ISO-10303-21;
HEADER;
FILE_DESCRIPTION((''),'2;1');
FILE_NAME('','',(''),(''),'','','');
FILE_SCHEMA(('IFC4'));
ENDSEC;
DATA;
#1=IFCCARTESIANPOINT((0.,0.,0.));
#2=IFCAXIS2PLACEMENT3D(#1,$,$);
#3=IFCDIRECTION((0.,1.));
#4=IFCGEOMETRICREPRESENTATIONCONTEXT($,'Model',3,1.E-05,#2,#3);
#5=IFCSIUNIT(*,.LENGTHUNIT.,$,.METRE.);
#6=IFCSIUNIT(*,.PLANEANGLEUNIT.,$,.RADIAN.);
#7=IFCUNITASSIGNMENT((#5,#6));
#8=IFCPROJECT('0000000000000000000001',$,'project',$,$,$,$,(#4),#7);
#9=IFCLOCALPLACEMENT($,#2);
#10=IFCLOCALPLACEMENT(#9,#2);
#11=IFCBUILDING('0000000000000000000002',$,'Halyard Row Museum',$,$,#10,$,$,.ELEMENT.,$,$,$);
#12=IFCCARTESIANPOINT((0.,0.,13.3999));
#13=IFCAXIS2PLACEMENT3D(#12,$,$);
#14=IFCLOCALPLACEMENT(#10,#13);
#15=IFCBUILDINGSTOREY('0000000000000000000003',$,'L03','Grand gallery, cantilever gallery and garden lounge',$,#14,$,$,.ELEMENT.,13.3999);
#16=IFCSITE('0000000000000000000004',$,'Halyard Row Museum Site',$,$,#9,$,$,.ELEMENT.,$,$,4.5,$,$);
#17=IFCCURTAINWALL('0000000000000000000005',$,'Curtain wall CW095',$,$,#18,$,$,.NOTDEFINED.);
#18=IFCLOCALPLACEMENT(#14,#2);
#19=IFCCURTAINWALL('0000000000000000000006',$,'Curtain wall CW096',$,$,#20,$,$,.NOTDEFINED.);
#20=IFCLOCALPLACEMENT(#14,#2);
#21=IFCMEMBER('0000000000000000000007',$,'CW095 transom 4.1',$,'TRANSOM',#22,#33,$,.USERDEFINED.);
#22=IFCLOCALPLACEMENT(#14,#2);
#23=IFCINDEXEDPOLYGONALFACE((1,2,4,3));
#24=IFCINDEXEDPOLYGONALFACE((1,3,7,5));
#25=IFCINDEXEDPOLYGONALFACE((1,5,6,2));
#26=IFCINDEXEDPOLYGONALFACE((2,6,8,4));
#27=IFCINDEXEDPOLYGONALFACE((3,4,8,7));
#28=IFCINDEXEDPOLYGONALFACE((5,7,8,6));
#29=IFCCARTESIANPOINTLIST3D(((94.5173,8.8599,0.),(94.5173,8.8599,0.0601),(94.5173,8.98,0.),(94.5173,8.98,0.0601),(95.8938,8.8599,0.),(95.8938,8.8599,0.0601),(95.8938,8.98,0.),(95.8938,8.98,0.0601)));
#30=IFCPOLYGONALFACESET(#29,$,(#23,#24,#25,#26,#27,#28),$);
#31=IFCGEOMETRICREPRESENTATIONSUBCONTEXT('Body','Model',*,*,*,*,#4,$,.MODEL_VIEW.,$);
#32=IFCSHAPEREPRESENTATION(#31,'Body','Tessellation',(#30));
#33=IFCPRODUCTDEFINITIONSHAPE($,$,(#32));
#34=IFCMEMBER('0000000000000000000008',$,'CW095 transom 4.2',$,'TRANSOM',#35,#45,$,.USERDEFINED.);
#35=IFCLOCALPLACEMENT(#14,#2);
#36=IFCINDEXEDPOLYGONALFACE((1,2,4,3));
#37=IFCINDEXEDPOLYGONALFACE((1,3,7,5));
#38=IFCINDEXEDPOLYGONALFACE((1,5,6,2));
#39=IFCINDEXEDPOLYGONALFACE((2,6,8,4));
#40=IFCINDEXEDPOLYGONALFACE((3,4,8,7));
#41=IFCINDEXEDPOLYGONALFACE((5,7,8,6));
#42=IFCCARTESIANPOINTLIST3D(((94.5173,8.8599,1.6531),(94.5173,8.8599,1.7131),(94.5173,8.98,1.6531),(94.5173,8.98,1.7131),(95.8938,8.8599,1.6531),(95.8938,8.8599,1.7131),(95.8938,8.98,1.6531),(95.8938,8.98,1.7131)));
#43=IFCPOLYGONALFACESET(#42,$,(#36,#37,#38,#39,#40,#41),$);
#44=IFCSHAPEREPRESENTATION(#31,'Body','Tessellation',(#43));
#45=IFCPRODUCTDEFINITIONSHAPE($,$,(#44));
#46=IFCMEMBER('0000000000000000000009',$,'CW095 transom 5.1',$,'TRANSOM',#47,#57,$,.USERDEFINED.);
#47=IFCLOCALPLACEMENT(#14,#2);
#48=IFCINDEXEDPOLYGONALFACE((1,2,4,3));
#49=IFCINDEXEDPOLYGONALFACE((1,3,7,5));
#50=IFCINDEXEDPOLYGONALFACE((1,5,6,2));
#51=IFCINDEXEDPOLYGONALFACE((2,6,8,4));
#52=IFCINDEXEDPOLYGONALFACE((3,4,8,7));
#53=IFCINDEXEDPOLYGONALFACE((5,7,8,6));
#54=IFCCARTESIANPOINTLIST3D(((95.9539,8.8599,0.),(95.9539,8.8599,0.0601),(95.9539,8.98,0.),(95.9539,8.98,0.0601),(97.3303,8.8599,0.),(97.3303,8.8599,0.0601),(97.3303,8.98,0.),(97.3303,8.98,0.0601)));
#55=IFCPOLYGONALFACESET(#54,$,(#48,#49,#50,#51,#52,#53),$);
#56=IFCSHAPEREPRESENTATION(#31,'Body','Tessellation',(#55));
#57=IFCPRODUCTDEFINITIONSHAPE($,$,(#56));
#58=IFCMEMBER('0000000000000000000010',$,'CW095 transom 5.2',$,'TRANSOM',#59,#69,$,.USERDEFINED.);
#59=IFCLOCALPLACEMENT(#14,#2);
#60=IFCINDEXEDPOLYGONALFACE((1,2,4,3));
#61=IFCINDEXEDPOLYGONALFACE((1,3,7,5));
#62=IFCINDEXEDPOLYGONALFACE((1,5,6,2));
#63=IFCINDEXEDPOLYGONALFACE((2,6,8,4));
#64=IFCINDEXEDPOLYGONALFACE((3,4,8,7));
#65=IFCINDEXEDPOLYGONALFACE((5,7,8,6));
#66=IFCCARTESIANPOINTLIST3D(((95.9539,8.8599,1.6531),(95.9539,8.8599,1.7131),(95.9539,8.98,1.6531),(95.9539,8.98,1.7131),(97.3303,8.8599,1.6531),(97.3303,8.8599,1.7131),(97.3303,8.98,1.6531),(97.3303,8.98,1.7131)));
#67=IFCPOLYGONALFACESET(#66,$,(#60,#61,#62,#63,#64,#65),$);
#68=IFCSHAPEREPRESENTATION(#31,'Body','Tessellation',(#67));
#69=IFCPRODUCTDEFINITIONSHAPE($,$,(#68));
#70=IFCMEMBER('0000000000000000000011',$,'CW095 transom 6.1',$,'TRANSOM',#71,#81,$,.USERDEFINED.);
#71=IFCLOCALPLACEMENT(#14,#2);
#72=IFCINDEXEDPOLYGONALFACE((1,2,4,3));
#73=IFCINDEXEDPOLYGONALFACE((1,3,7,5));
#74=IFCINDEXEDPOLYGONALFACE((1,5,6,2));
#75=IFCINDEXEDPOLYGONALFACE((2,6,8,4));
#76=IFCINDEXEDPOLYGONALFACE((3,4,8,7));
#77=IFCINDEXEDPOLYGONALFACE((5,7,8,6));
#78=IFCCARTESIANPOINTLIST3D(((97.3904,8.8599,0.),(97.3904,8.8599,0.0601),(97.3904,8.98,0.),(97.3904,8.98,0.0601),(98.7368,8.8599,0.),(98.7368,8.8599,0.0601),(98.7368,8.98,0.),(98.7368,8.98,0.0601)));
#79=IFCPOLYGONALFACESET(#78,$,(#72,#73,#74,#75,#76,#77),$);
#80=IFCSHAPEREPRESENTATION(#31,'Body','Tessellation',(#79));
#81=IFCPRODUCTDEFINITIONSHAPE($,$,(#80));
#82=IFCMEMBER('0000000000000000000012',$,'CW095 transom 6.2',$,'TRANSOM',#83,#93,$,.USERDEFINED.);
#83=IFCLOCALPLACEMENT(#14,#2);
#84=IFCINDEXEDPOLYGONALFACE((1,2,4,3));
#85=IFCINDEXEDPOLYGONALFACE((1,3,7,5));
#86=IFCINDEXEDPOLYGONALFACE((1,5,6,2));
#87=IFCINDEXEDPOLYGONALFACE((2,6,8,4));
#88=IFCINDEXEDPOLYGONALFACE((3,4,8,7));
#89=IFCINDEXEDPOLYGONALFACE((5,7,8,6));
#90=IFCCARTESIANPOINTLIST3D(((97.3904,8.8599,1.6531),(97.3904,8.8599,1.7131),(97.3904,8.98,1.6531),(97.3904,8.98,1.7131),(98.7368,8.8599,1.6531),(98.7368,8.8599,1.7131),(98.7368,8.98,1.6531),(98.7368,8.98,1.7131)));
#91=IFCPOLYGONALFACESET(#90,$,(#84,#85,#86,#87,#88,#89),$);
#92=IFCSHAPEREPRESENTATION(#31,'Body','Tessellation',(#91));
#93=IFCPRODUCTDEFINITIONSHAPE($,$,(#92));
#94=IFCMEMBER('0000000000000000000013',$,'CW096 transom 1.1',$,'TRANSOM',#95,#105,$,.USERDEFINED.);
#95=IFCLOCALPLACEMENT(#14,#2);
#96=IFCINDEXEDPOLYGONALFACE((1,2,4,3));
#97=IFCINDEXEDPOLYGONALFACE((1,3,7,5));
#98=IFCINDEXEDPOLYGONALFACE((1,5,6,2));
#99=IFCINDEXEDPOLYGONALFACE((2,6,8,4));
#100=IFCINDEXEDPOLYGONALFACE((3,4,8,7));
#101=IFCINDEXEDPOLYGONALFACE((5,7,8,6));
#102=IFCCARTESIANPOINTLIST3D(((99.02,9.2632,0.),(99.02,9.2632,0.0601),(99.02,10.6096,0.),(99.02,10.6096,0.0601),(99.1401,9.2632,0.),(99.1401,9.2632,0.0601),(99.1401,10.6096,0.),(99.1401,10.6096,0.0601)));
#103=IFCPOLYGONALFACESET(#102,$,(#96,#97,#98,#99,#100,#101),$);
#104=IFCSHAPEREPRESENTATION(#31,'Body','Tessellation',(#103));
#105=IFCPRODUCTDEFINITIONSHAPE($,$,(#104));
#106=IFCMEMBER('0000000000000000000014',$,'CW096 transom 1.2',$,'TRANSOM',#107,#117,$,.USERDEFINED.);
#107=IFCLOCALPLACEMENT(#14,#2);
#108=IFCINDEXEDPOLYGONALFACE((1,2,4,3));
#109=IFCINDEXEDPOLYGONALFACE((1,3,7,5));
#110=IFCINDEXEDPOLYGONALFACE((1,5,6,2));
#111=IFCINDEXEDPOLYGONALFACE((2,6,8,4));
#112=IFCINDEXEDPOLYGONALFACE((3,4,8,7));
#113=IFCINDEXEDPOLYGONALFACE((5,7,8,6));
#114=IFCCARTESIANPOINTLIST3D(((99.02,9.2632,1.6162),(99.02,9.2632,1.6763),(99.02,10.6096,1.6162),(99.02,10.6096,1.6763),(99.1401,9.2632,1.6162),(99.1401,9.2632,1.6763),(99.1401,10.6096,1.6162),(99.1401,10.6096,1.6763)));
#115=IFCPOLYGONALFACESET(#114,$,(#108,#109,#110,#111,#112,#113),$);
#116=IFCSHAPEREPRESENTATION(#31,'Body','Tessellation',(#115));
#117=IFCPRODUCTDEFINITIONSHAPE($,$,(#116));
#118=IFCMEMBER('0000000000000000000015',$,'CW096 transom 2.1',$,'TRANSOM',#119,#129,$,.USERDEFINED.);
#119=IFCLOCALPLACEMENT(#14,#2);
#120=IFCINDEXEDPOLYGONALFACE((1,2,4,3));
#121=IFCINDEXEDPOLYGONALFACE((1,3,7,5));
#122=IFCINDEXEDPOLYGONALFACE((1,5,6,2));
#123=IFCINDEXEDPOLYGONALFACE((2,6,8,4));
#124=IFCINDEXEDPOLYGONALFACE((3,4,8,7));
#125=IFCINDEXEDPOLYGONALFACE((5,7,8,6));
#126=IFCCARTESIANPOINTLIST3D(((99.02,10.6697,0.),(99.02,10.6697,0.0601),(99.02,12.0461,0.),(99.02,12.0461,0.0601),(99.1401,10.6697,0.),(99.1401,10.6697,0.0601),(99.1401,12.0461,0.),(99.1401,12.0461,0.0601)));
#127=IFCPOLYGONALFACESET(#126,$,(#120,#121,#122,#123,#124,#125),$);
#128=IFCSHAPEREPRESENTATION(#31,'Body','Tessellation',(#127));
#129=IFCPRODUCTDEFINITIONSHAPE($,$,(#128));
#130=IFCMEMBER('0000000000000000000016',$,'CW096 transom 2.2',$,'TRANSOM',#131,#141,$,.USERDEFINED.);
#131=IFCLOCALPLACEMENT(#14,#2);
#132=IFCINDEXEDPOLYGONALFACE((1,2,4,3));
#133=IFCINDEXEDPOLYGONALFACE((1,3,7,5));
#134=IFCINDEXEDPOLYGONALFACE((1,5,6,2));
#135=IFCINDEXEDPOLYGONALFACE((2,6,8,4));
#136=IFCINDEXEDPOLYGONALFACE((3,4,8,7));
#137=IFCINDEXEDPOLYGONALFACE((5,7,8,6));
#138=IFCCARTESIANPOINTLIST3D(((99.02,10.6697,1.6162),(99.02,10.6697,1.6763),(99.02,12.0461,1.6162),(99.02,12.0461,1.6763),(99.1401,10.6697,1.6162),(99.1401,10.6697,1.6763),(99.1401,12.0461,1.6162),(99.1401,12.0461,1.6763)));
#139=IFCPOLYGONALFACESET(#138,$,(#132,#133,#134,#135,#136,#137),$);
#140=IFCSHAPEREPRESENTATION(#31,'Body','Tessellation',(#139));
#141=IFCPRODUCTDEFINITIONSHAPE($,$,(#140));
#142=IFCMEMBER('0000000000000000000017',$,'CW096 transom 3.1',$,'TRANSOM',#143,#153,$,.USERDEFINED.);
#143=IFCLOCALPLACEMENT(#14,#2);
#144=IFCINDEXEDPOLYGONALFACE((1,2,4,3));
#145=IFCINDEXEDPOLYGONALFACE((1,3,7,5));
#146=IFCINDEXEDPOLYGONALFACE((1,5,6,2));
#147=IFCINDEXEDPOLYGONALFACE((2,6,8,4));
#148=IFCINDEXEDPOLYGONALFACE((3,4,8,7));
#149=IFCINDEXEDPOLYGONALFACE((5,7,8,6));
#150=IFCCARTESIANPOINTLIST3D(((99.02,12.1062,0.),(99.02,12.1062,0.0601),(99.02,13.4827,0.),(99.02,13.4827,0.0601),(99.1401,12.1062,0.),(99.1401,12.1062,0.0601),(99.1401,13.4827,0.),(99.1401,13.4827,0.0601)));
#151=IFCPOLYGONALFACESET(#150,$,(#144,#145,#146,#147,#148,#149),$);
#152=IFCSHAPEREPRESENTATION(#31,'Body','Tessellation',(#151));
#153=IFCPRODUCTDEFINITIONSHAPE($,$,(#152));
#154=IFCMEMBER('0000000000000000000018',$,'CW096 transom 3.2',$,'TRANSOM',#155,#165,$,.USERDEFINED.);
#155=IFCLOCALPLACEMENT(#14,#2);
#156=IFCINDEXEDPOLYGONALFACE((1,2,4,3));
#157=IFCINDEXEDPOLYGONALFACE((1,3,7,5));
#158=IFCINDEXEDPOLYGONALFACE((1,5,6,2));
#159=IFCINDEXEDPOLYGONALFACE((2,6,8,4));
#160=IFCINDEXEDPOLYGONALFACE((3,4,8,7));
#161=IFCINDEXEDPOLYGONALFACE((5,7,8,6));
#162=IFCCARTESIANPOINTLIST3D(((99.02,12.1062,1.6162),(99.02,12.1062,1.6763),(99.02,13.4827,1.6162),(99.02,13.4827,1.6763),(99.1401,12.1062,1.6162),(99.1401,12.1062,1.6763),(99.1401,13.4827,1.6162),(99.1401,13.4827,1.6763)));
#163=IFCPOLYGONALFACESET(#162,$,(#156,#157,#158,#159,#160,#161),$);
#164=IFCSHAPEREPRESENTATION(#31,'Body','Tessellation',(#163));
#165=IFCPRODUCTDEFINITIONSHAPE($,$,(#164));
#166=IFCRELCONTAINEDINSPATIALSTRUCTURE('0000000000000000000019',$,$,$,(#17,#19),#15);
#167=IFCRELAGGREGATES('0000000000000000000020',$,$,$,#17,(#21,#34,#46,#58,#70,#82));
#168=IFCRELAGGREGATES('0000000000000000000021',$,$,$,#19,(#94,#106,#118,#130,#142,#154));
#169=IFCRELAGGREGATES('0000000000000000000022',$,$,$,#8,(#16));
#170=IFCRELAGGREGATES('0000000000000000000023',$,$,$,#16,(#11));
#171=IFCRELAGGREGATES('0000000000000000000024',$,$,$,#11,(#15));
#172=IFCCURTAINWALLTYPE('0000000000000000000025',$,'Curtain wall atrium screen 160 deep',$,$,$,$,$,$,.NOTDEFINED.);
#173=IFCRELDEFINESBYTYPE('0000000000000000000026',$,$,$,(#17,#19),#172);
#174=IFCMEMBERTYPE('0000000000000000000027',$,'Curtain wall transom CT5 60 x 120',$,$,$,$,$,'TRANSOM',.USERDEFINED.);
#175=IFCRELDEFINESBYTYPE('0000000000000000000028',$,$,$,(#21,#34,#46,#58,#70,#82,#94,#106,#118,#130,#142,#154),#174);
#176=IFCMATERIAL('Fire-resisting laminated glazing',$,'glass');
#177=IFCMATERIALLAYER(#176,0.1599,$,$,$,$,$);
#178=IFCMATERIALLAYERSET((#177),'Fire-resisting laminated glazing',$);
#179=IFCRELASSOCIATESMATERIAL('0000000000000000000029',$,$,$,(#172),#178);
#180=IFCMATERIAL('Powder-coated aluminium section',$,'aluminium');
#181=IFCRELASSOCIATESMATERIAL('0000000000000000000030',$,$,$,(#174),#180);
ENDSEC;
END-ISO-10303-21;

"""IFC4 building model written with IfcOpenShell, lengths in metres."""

from ifc_helpers import new_model, si_unit, direction, frame, origin, origin_2d, place, context, subcontext, project, spatial, rectangle, extrude, material, layer, layer_set, material_profile, profile_set, type_object, element, aggregate, save


model = new_model("IFC4")

# Units and contexts
model_context = context("Model", 3, precision=1e-05, world=origin(), true_north=direction((0.0, 1.0)))
body_context = subcontext(model_context, "Body", "Model", "MODEL_VIEW")
ifc_project = project(units=[si_unit("LENGTHUNIT", "METRE"), si_unit("PLANEANGLEUNIT", "RADIAN")], contexts=[model_context])

# Site, building, storey
site_placement = place(None, origin())
site = spatial("IfcSite", under=ifc_project, at=site_placement, Name="Halyard Row Museum Site", CompositionType="ELEMENT", RefElevation=4.5)
building_placement = place(site_placement, origin())
building = spatial("IfcBuilding", under=site, at=building_placement, Name="Halyard Row Museum", CompositionType="ELEMENT")
storey_placement = place(building_placement, frame((0.0, 0.0, 13.3999)))
storey = spatial("IfcBuildingStorey", under=building, at=storey_placement, Name="L03", Description="Grand gallery, cantilever gallery and garden lounge", CompositionType="ELEMENT", Elevation=13.3999)

# Curtain walls
ifc_material_1 = material(Name="Fire-resisting laminated glazing", Category="glass")
ifc_layer_1 = layer(ifc_material_1, 0.1599)
ifc_layer_set_1 = layer_set([ifc_layer_1], Name="Fire-resisting laminated glazing")
curtain_wall_type = type_object("IfcCurtainWallType", Name="Curtain wall atrium screen 160 deep", PredefinedType="NOTDEFINED", material=ifc_layer_set_1)
curtain_wall_1_placement = place(storey_placement, origin())
curtain_wall_1 = element("IfcCurtainWall", 1, at=curtain_wall_1_placement, inside=storey, type_object=curtain_wall_type, Name="Curtain wall CW095", PredefinedType="NOTDEFINED")
curtain_wall_2_placement = place(storey_placement, origin())
curtain_wall_2 = element("IfcCurtainWall", 2, at=curtain_wall_2_placement, inside=storey, type_object=curtain_wall_type, Name="Curtain wall CW096", PredefinedType="NOTDEFINED")

# Members
ifc_material_2 = material(Name="Powder-coated aluminium section", Category="aluminium")
ifc_material_profile_1 = material_profile(ifc_material_2, rectangle(XDim=0.1201, YDim=0.0601, at=origin_2d()), Name="120x60 transom")
ifc_profile_set_1 = profile_set([ifc_material_profile_1], Name="Powder-coated aluminium section")
member_type_1 = type_object("IfcMemberType", Name="Curtain wall transom CT5 60 x 120", ElementType="TRANSOM", PredefinedType="USERDEFINED", material=ifc_profile_set_1)
member_1_placement = place(storey_placement, frame((94.5173, 8.9199, 0.03), z_axis=(1.0, 0.0, 0.0), x_axis=(0.0, 1.0, 0.0)))
member_1 = element("IfcMember", 3, at=member_1_placement, type_object=member_type_1, Name="CW095 transom 4.1", ObjectType="TRANSOM", PredefinedType="USERDEFINED", context=body_context, shape_type="SweptSolid", body=[
    extrude(rectangle(XDim=0.1201, YDim=0.0601, at=origin_2d()), origin(), (0.0, 0.0, 1.0), 1.3765),
])
member_2_placement = place(storey_placement, frame((94.5173, 8.9199, 1.6831), z_axis=(1.0, 0.0, 0.0), x_axis=(0.0, 1.0, 0.0)))
member_2 = element("IfcMember", 4, at=member_2_placement, type_object=member_type_1, Name="CW095 transom 4.2", ObjectType="TRANSOM", PredefinedType="USERDEFINED", context=body_context, shape_type="SweptSolid", body=[
    extrude(rectangle(XDim=0.1201, YDim=0.0601, at=origin_2d()), origin(), (0.0, 0.0, 1.0), 1.3765),
])
member_3_placement = place(storey_placement, frame((95.9539, 8.9199, 0.03), z_axis=(1.0, 0.0, 0.0), x_axis=(0.0, 1.0, 0.0)))
member_3 = element("IfcMember", 5, at=member_3_placement, type_object=member_type_1, Name="CW095 transom 5.1", ObjectType="TRANSOM", PredefinedType="USERDEFINED", context=body_context, shape_type="SweptSolid", body=[
    extrude(rectangle(XDim=0.1201, YDim=0.0601, at=origin_2d()), origin(), (0.0, 0.0, 1.0), 1.3765),
])
member_4_placement = place(storey_placement, frame((95.9539, 8.9199, 1.6831), z_axis=(1.0, 0.0, 0.0), x_axis=(0.0, 1.0, 0.0)))
member_4 = element("IfcMember", 6, at=member_4_placement, type_object=member_type_1, Name="CW095 transom 5.2", ObjectType="TRANSOM", PredefinedType="USERDEFINED", context=body_context, shape_type="SweptSolid", body=[
    extrude(rectangle(XDim=0.1201, YDim=0.0601, at=origin_2d()), origin(), (0.0, 0.0, 1.0), 1.3765),
])
member_5_placement = place(storey_placement, frame((97.3904, 8.9199, 0.03), z_axis=(1.0, 0.0, 0.0), x_axis=(0.0, 1.0, 0.0)))
member_5 = element("IfcMember", 7, at=member_5_placement, type_object=member_type_1, Name="CW095 transom 6.1", ObjectType="TRANSOM", PredefinedType="USERDEFINED", context=body_context, shape_type="SweptSolid", body=[
    extrude(rectangle(XDim=0.1201, YDim=0.0601, at=origin_2d()), origin(), (0.0, 0.0, 1.0), 1.3464),
])
member_6_placement = place(storey_placement, frame((97.3904, 8.9199, 1.6831), z_axis=(1.0, 0.0, 0.0), x_axis=(0.0, 1.0, 0.0)))
member_6 = element("IfcMember", 8, at=member_6_placement, type_object=member_type_1, Name="CW095 transom 6.2", ObjectType="TRANSOM", PredefinedType="USERDEFINED", context=body_context, shape_type="SweptSolid", body=[
    extrude(rectangle(XDim=0.1201, YDim=0.0601, at=origin_2d()), origin(), (0.0, 0.0, 1.0), 1.3464),
])
member_7_placement = place(storey_placement, frame((99.0801, 9.2632, 0.03), z_axis=(0.0, 1.0, 0.0), x_axis=(-1.0, 0.0, 0.0)))
member_7 = element("IfcMember", 9, at=member_7_placement, type_object=member_type_1, Name="CW096 transom 1.1", ObjectType="TRANSOM", PredefinedType="USERDEFINED", context=body_context, shape_type="SweptSolid", body=[
    extrude(rectangle(XDim=0.1201, YDim=0.0601, at=origin_2d()), origin(), (0.0, 0.0, 1.0), 1.3464),
])
member_8_placement = place(storey_placement, frame((99.0801, 9.2632, 1.6462), z_axis=(0.0, 1.0, 0.0), x_axis=(-1.0, 0.0, 0.0)))
member_8 = element("IfcMember", 10, at=member_8_placement, type_object=member_type_1, Name="CW096 transom 1.2", ObjectType="TRANSOM", PredefinedType="USERDEFINED", context=body_context, shape_type="SweptSolid", body=[
    extrude(rectangle(XDim=0.1201, YDim=0.0601, at=origin_2d()), origin(), (0.0, 0.0, 1.0), 1.3464),
])
member_9_placement = place(storey_placement, frame((99.0801, 10.6697, 0.03), z_axis=(0.0, 1.0, 0.0), x_axis=(-1.0, 0.0, 0.0)))
member_9 = element("IfcMember", 11, at=member_9_placement, type_object=member_type_1, Name="CW096 transom 2.1", ObjectType="TRANSOM", PredefinedType="USERDEFINED", context=body_context, shape_type="SweptSolid", body=[
    extrude(rectangle(XDim=0.1201, YDim=0.0601, at=origin_2d()), origin(), (0.0, 0.0, 1.0), 1.3765),
])
member_10_placement = place(storey_placement, frame((99.0801, 10.6697, 1.6462), z_axis=(0.0, 1.0, 0.0), x_axis=(-1.0, 0.0, 0.0)))
member_10 = element("IfcMember", 12, at=member_10_placement, type_object=member_type_1, Name="CW096 transom 2.2", ObjectType="TRANSOM", PredefinedType="USERDEFINED", context=body_context, shape_type="SweptSolid", body=[
    extrude(rectangle(XDim=0.1201, YDim=0.0601, at=origin_2d()), origin(), (0.0, 0.0, 1.0), 1.3765),
])
member_11_placement = place(storey_placement, frame((99.0801, 12.1062, 0.03), z_axis=(0.0, 1.0, 0.0), x_axis=(-1.0, 0.0, 0.0)))
member_11 = element("IfcMember", 13, at=member_11_placement, type_object=member_type_1, Name="CW096 transom 3.1", ObjectType="TRANSOM", PredefinedType="USERDEFINED", context=body_context, shape_type="SweptSolid", body=[
    extrude(rectangle(XDim=0.1201, YDim=0.0601, at=origin_2d()), origin(), (0.0, 0.0, 1.0), 1.3765),
])
member_12_placement = place(storey_placement, frame((99.0801, 12.1062, 1.6462), z_axis=(0.0, 1.0, 0.0), x_axis=(-1.0, 0.0, 0.0)))
member_12 = element("IfcMember", 14, at=member_12_placement, type_object=member_type_1, Name="CW096 transom 3.2", ObjectType="TRANSOM", PredefinedType="USERDEFINED", context=body_context, shape_type="SweptSolid", body=[
    extrude(rectangle(XDim=0.1201, YDim=0.0601, at=origin_2d()), origin(), (0.0, 0.0, 1.0), 1.3765),
])

aggregate(curtain_wall_1, [member_1, member_2, member_3, member_4, member_5, member_6])
aggregate(curtain_wall_2, [member_7, member_8, member_9, member_10, member_11, member_12])

save(model, "model.ifc")
